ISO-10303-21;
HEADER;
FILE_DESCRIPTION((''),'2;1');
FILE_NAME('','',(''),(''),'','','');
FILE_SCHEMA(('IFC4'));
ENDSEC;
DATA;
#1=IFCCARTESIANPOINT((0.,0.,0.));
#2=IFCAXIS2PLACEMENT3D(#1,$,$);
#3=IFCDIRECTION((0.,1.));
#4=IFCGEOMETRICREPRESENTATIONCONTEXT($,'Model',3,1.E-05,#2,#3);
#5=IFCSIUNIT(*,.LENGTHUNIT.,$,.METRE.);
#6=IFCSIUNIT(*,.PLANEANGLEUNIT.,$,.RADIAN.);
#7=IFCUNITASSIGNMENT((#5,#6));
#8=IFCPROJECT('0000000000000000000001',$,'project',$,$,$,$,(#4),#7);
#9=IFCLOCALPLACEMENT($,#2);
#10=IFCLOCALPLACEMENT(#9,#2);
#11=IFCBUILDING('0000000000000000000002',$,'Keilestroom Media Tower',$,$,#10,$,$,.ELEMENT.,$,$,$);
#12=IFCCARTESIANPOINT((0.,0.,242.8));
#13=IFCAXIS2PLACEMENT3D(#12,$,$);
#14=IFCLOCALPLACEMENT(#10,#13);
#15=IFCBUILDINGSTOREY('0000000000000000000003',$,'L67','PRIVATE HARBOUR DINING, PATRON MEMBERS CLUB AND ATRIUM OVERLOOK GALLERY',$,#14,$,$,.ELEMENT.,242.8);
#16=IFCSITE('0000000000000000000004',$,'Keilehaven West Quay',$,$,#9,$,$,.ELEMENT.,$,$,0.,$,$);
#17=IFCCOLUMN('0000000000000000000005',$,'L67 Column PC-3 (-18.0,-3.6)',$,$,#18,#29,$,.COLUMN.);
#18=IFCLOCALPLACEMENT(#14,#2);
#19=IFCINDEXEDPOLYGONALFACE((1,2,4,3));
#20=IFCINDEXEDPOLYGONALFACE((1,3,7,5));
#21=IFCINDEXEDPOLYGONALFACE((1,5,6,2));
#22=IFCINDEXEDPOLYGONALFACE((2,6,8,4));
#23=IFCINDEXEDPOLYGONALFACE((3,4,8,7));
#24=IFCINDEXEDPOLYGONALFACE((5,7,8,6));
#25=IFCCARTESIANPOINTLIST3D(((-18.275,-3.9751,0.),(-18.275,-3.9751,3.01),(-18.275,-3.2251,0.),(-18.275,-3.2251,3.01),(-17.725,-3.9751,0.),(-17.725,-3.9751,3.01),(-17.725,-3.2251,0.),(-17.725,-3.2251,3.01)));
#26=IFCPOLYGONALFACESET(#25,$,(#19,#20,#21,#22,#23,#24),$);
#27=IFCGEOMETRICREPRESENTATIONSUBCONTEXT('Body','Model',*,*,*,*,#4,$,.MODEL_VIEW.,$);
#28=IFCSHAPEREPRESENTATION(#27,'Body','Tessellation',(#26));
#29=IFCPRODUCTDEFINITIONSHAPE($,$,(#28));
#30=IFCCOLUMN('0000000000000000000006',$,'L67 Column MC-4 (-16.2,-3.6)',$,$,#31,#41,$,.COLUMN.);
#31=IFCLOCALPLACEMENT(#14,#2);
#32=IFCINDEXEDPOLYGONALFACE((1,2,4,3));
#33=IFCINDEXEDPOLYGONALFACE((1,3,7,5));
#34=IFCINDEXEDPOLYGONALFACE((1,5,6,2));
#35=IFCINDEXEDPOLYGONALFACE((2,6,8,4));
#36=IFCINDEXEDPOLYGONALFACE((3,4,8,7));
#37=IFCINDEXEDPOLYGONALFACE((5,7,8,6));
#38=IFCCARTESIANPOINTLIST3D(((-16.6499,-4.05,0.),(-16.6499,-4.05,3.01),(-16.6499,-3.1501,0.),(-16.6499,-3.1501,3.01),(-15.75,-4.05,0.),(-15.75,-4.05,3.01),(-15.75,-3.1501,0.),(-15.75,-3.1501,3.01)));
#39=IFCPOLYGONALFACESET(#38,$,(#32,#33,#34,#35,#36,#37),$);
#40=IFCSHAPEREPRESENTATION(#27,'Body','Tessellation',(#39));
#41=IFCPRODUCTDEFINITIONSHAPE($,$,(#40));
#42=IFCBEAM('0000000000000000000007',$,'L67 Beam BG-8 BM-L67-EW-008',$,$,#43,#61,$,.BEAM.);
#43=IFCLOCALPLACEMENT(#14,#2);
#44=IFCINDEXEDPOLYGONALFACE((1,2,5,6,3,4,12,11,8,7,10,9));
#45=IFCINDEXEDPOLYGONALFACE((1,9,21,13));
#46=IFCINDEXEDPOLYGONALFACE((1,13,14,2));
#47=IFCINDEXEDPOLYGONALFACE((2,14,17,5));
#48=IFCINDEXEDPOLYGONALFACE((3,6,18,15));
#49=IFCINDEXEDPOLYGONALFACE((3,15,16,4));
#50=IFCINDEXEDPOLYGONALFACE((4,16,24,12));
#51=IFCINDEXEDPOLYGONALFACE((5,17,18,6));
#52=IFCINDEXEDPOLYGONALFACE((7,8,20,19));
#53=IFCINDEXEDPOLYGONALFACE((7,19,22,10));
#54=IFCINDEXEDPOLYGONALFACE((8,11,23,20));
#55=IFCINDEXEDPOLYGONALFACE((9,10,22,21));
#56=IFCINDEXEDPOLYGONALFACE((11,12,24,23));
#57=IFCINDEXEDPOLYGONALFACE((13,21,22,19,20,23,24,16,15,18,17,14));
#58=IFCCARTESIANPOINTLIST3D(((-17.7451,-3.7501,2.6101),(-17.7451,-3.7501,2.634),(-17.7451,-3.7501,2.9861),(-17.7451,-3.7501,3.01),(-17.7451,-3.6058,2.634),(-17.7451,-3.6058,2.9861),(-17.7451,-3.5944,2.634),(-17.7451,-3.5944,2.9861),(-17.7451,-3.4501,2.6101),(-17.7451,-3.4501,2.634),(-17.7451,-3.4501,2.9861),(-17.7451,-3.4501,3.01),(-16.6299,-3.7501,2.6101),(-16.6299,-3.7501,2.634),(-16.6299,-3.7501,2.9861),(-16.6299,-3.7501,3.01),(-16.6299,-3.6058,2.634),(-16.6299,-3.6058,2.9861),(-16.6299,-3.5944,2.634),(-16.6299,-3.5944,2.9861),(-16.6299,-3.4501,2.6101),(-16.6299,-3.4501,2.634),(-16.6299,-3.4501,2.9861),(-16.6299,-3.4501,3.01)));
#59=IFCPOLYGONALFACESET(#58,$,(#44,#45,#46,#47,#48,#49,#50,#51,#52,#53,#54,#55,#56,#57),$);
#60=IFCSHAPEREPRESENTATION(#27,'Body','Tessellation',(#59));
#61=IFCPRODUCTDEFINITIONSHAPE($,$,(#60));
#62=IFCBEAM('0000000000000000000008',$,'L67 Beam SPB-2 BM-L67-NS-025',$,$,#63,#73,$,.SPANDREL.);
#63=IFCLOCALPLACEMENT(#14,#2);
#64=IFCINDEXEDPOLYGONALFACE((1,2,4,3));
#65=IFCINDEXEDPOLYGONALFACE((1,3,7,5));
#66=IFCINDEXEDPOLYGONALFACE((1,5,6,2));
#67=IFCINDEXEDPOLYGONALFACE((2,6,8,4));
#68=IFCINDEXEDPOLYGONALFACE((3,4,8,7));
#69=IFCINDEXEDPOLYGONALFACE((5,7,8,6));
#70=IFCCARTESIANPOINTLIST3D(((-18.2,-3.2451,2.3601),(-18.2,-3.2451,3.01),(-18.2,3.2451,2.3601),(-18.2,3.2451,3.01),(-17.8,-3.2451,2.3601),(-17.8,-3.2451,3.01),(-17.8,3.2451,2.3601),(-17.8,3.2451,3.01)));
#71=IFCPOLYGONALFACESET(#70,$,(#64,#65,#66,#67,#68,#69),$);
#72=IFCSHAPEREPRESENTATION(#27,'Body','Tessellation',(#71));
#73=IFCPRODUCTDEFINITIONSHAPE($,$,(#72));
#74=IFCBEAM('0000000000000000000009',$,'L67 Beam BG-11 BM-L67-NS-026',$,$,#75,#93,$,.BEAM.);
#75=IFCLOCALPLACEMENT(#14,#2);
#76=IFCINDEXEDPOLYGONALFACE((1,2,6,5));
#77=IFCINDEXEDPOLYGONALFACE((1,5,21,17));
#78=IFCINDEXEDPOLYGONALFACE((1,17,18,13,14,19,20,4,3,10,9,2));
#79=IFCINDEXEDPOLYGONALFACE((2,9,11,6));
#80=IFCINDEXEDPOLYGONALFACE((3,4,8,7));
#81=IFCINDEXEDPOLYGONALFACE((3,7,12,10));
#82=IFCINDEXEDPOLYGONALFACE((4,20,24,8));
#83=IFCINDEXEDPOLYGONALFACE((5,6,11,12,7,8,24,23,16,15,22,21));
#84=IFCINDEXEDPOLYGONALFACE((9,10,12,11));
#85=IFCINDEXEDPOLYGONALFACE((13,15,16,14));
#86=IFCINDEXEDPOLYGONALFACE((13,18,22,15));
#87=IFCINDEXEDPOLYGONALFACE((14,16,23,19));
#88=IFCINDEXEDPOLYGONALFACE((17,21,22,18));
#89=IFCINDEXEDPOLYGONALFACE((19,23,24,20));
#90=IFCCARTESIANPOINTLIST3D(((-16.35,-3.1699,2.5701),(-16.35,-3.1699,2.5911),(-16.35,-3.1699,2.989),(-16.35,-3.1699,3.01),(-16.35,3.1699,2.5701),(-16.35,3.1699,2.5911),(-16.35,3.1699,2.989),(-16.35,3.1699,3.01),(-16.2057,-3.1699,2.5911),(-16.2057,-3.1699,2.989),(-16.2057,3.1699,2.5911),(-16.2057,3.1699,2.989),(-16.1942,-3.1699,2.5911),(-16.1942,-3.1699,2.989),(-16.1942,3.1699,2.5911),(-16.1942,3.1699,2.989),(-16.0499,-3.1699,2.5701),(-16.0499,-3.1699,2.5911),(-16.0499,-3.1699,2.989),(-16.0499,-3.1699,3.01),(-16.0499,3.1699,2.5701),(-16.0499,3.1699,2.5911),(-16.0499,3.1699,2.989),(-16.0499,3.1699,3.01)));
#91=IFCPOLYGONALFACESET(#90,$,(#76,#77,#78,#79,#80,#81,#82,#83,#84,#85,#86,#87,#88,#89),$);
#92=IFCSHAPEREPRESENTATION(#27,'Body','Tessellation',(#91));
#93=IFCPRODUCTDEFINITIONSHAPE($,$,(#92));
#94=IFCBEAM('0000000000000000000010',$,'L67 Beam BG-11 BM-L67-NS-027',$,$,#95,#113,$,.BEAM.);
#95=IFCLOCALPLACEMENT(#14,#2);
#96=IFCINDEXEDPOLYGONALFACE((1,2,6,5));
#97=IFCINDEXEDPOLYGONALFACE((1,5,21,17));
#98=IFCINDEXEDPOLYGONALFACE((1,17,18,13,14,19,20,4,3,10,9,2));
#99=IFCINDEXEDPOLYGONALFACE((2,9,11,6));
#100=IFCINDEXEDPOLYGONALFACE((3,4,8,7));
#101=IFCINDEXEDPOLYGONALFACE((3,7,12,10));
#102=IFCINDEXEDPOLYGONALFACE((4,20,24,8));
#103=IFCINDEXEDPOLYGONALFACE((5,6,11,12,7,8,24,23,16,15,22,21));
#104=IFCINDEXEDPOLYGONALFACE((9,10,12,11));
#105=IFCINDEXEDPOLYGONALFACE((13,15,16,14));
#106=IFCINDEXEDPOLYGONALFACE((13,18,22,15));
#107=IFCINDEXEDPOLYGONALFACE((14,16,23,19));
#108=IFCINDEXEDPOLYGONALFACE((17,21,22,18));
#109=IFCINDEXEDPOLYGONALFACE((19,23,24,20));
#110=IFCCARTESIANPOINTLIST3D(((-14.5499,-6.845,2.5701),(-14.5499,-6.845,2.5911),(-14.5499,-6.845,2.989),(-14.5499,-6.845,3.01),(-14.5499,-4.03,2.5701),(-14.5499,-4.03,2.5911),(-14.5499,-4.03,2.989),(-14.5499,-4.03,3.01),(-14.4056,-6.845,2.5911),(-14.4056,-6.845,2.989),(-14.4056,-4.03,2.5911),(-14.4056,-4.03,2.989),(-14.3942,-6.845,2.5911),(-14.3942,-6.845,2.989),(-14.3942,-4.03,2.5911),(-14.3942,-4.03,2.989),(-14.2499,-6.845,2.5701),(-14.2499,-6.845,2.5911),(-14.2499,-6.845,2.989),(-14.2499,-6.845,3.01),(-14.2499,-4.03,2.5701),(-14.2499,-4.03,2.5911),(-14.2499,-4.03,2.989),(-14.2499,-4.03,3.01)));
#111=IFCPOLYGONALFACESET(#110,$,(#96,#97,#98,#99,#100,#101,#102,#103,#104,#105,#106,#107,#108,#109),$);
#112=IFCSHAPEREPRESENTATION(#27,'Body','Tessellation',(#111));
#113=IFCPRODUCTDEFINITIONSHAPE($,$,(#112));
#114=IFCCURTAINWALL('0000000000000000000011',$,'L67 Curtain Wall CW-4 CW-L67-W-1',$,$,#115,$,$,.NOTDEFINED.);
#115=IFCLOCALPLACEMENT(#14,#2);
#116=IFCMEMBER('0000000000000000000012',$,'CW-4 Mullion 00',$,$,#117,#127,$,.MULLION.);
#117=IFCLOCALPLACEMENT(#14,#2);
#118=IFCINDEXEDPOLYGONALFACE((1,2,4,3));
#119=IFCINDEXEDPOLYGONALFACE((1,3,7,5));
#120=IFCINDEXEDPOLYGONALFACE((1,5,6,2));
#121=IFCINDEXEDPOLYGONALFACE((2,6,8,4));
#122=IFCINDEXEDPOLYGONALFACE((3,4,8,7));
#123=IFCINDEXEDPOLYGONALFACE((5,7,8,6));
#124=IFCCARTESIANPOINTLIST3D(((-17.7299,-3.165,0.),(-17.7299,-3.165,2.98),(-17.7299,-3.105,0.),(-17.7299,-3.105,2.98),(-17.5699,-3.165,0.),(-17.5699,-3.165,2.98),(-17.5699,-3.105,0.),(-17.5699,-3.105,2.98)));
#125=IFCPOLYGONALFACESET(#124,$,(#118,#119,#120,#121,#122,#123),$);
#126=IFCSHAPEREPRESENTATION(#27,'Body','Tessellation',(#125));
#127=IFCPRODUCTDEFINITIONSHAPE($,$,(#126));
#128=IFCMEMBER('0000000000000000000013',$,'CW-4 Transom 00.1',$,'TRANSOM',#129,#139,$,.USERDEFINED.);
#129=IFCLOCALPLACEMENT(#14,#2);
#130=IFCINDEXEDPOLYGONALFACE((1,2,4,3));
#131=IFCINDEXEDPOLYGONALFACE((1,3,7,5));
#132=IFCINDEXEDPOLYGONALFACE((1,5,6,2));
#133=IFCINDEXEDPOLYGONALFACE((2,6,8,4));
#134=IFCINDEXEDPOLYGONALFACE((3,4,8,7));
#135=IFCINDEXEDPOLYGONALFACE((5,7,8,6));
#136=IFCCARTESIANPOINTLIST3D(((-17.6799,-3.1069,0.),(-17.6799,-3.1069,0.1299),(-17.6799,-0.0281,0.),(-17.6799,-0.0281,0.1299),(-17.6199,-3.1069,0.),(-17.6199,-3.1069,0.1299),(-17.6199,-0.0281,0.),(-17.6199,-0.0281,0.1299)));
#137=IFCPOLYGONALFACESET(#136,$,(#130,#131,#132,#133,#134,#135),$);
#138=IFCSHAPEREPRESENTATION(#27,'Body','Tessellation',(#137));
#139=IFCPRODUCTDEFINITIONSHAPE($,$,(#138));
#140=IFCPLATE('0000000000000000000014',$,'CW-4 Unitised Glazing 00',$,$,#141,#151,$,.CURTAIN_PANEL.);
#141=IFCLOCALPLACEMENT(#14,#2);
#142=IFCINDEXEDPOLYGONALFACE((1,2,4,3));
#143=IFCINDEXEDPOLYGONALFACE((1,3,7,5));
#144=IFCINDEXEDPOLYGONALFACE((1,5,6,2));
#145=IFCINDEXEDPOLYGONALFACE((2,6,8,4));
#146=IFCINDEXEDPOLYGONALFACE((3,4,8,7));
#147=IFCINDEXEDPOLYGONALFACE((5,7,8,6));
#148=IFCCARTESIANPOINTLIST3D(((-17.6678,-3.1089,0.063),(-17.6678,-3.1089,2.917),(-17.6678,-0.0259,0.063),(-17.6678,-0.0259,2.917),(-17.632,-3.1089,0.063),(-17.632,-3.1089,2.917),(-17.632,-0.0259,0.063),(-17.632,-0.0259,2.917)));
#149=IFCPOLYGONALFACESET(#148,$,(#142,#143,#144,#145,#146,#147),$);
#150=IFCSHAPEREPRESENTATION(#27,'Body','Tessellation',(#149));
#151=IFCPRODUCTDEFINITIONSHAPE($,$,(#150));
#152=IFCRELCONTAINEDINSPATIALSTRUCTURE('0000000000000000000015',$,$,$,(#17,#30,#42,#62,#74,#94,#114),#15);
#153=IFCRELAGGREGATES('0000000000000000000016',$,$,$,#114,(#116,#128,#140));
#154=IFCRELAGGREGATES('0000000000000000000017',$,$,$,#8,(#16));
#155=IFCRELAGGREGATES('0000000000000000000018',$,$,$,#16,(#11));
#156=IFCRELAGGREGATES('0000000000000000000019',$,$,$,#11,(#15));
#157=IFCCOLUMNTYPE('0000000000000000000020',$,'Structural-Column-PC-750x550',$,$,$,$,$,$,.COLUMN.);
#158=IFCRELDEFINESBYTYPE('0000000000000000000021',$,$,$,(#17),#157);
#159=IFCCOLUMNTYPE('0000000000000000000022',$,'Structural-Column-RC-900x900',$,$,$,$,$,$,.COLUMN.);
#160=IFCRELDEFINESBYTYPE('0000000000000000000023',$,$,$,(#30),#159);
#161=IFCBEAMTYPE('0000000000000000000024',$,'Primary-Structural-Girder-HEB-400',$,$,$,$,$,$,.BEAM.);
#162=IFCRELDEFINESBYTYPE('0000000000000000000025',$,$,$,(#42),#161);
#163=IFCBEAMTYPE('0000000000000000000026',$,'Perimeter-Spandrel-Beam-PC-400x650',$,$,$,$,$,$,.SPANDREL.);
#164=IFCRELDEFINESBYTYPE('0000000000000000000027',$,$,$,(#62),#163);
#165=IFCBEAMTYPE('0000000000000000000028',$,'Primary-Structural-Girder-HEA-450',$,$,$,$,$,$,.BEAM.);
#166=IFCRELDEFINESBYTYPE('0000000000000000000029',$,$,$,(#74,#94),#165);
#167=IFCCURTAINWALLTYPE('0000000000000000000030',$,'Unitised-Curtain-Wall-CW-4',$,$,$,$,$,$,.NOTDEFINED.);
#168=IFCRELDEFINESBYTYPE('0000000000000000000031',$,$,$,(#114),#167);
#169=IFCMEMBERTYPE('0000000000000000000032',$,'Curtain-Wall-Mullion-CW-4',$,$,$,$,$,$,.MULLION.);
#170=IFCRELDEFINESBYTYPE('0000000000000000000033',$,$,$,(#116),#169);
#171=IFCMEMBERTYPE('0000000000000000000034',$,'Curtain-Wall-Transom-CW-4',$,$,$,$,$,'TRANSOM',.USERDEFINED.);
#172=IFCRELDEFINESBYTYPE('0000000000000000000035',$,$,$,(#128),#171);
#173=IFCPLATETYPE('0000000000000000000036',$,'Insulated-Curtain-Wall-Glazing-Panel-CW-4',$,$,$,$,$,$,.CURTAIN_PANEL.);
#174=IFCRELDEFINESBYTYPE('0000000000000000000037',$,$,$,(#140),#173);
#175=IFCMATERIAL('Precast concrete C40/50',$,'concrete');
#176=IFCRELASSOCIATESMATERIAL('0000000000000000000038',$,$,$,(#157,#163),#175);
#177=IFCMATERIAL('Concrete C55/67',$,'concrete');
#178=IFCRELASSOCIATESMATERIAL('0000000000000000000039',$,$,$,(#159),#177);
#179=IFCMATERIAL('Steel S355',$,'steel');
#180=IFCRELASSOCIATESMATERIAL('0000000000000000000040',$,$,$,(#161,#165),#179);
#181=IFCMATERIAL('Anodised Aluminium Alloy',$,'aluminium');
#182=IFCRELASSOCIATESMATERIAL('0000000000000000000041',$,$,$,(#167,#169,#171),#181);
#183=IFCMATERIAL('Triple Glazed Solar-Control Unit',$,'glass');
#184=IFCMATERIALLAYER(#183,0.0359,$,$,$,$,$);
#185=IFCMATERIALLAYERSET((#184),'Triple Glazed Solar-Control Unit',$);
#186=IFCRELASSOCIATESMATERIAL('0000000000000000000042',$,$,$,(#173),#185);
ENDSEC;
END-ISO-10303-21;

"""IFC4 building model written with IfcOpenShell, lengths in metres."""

from ifc_helpers import new_model, si_unit, direction, frame, origin, origin_2d, place, context, subcontext, project, spatial, rectangle, i_section, extrude, source, transform, mapped, material, layer, layer_set, material_profile, profile_set, type_object, element, aggregate, save


model = new_model("IFC4")

# Units and contexts
model_context = context("Model", 3, precision=1e-05, world=origin(), true_north=direction((0.0, 1.0)))
body_context = subcontext(model_context, "Body", "Model", "MODEL_VIEW")
ifc_project = project(units=[si_unit("LENGTHUNIT", "METRE"), si_unit("PLANEANGLEUNIT", "RADIAN")], contexts=[model_context])

# Site, building, storey
site_placement = place(None, origin())
site = spatial("IfcSite", under=ifc_project, at=site_placement, Name="Keilehaven West Quay", CompositionType="ELEMENT", RefElevation=0.0)
building_placement = place(site_placement, origin())
building = spatial("IfcBuilding", under=site, at=building_placement, Name="Keilestroom Media Tower", CompositionType="ELEMENT")
storey_placement = place(building_placement, frame((0.0, 0.0, 242.8)))
storey = spatial("IfcBuildingStorey", under=building, at=storey_placement, Name="L67", Description="PRIVATE HARBOUR DINING, PATRON MEMBERS CLUB AND ATRIUM OVERLOOK GALLERY", CompositionType="ELEMENT", Elevation=242.8)

# Columns
ifc_material_1 = material(Name="Precast concrete C40/50", Category="concrete")
ifc_material_profile_1 = material_profile(ifc_material_1, rectangle(XDim=0.55, YDim=0.75, at=origin_2d()), Name="PC 750x550")
ifc_profile_set_1 = profile_set([ifc_material_profile_1], Name="Precast concrete C40/50")
column_type_1 = type_object("IfcColumnType", Name="Structural-Column-PC-750x550", PredefinedType="COLUMN", material=ifc_profile_set_1)
shared_shape_1 = source(origin(), body_context, "Body", "SweptSolid", [
    extrude(rectangle(XDim=0.55, YDim=0.75, at=origin_2d()), origin(), (0.0, 0.0, 1.0), 3.01),
])
column_1_placement = place(storey_placement, frame((-18.0, -3.6001, 0.0), z_axis=(0.0, 0.0, 1.0), x_axis=(1.0, 0.0, 0.0)))
element("IfcColumn", 1, at=column_1_placement, inside=storey, type_object=column_type_1, Name="L67 Column PC-3 (-18.0,-3.6)", PredefinedType="COLUMN", context=body_context, shape_type="MappedRepresentation", body=[
    mapped(shared_shape_1, transform((0.0, 0.0, 0.0), x_axis=(1.0, 0.0, 0.0), y_axis=(0.0, 1.0, 0.0), z_axis=(0.0, 0.0, 1.0), scale=1.0)),
])
ifc_material_2 = material(Name="Concrete C55/67", Category="concrete")
ifc_material_profile_2 = material_profile(ifc_material_2, rectangle(XDim=0.8999, YDim=0.8999, at=origin_2d()), Name="RC 900x900")
ifc_profile_set_2 = profile_set([ifc_material_profile_2], Name="Concrete C55/67")
column_type_2 = type_object("IfcColumnType", Name="Structural-Column-RC-900x900", PredefinedType="COLUMN", material=ifc_profile_set_2)
shared_shape_2 = source(origin(), body_context, "Body", "SweptSolid", [
    extrude(rectangle(XDim=0.8999, YDim=0.8999, at=origin_2d()), origin(), (0.0, 0.0, 1.0), 3.01),
])
column_2_placement = place(storey_placement, frame((-16.2, -3.6001, 0.0), z_axis=(0.0, 0.0, 1.0), x_axis=(1.0, 0.0, 0.0)))
element("IfcColumn", 2, at=column_2_placement, inside=storey, type_object=column_type_2, Name="L67 Column MC-4 (-16.2,-3.6)", PredefinedType="COLUMN", context=body_context, shape_type="MappedRepresentation", body=[
    mapped(shared_shape_2, transform((0.0, 0.0, 0.0), x_axis=(1.0, 0.0, 0.0), y_axis=(0.0, 1.0, 0.0), z_axis=(0.0, 0.0, 1.0), scale=1.0)),
])

# Beams
ifc_material_3 = material(Name="Steel S355", Category="steel")
ifc_material_profile_3 = material_profile(ifc_material_3, i_section(OverallWidth=0.3, OverallDepth=0.3999, WebThickness=0.0115, FlangeThickness=0.0239, at=origin_2d()), Name="HEB 400")
ifc_profile_set_3 = profile_set([ifc_material_profile_3], Name="Steel S355")
beam_type_1 = type_object("IfcBeamType", Name="Primary-Structural-Girder-HEB-400", PredefinedType="BEAM", material=ifc_profile_set_3)
shared_shape_3 = source(origin(), body_context, "Body", "SweptSolid", [
    extrude(i_section(OverallWidth=0.3, OverallDepth=0.3999, WebThickness=0.0115, FlangeThickness=0.0239, at=origin_2d()), origin(), (0.0, 0.0, 1.0), 1.1152),
])
beam_1_placement = place(storey_placement, frame((-17.7451, -3.6001, 2.8101), z_axis=(1.0, 0.0, 0.0), x_axis=(0.0, 1.0, 0.0)))
element("IfcBeam", 3, at=beam_1_placement, inside=storey, type_object=beam_type_1, Name="L67 Beam BG-8 BM-L67-EW-008", PredefinedType="BEAM", context=body_context, shape_type="MappedRepresentation", body=[
    mapped(shared_shape_3, transform((0.0, 0.0, 0.0), x_axis=(1.0, 0.0, 0.0), y_axis=(0.0, 1.0, 0.0), z_axis=(0.0, 0.0, 1.0), scale=1.0)),
])
ifc_material_profile_4 = material_profile(ifc_material_1, rectangle(XDim=0.3999, YDim=0.6499, at=origin_2d()), Name="PC 400x650")
ifc_profile_set_4 = profile_set([ifc_material_profile_4], Name="Precast concrete C40/50")
beam_type_2 = type_object("IfcBeamType", Name="Perimeter-Spandrel-Beam-PC-400x650", PredefinedType="SPANDREL", material=ifc_profile_set_4)
shared_shape_4 = source(origin(), body_context, "Body", "SweptSolid", [
    extrude(rectangle(XDim=0.3999, YDim=0.6499, at=origin_2d()), origin(), (0.0, 0.0, 1.0), 6.4902),
])
beam_2_placement = place(storey_placement, frame((-18.0, -3.2451, 2.6851), z_axis=(0.0, 1.0, 0.0), x_axis=(-1.0, 0.0, 0.0)))
element("IfcBeam", 4, at=beam_2_placement, inside=storey, type_object=beam_type_2, Name="L67 Beam SPB-2 BM-L67-NS-025", PredefinedType="SPANDREL", context=body_context, shape_type="MappedRepresentation", body=[
    mapped(shared_shape_4, transform((0.0, 0.0, 0.0), x_axis=(1.0, 0.0, 0.0), y_axis=(0.0, 1.0, 0.0), z_axis=(0.0, 0.0, 1.0), scale=1.0)),
])
ifc_material_profile_5 = material_profile(ifc_material_3, i_section(OverallWidth=0.3, OverallDepth=0.4399, WebThickness=0.0115, FlangeThickness=0.021, at=origin_2d()), Name="HEA 450")
ifc_profile_set_5 = profile_set([ifc_material_profile_5], Name="Steel S355")
beam_type_3 = type_object("IfcBeamType", Name="Primary-Structural-Girder-HEA-450", PredefinedType="BEAM", material=ifc_profile_set_5)
shared_shape_5 = source(origin(), body_context, "Body", "SweptSolid", [
    extrude(i_section(OverallWidth=0.3, OverallDepth=0.4399, WebThickness=0.0115, FlangeThickness=0.021, at=origin_2d()), origin(), (0.0, 0.0, 1.0), 6.3398),
])
beam_3_placement = place(storey_placement, frame((-16.2, -3.1699, 2.79), z_axis=(0.0, 1.0, 0.0), x_axis=(-1.0, 0.0, 0.0)))
element("IfcBeam", 5, at=beam_3_placement, inside=storey, type_object=beam_type_3, Name="L67 Beam BG-11 BM-L67-NS-026", PredefinedType="BEAM", context=body_context, shape_type="MappedRepresentation", body=[
    mapped(shared_shape_5, transform((0.0, 0.0, 0.0), x_axis=(1.0, 0.0, 0.0), y_axis=(0.0, 1.0, 0.0), z_axis=(0.0, 0.0, 1.0), scale=1.0)),
])
shared_shape_6 = source(origin(), body_context, "Body", "SweptSolid", [
    extrude(i_section(OverallWidth=0.3, OverallDepth=0.4399, WebThickness=0.0115, FlangeThickness=0.021, at=origin_2d()), origin(), (0.0, 0.0, 1.0), 2.8149),
])
beam_4_placement = place(storey_placement, frame((-14.3999, -6.845, 2.79), z_axis=(0.0, 1.0, 0.0), x_axis=(-1.0, 0.0, 0.0)))
element("IfcBeam", 6, at=beam_4_placement, inside=storey, type_object=beam_type_3, Name="L67 Beam BG-11 BM-L67-NS-027", PredefinedType="BEAM", context=body_context, shape_type="MappedRepresentation", body=[
    mapped(shared_shape_6, transform((0.0, 0.0, 0.0), x_axis=(1.0, 0.0, 0.0), y_axis=(0.0, 1.0, 0.0), z_axis=(0.0, 0.0, 1.0), scale=1.0)),
])

# Curtain wall, members, plate
ifc_material_4 = material(Name="Anodised Aluminium Alloy", Category="aluminium")
curtain_wall_type = type_object("IfcCurtainWallType", Name="Unitised-Curtain-Wall-CW-4", PredefinedType="NOTDEFINED", material=ifc_material_4)
curtain_wall_placement = place(storey_placement, origin())
curtain_wall = element("IfcCurtainWall", 7, at=curtain_wall_placement, inside=storey, type_object=curtain_wall_type, Name="L67 Curtain Wall CW-4 CW-L67-W-1", PredefinedType="NOTDEFINED")
ifc_material_profile_6 = material_profile(ifc_material_4, rectangle(XDim=0.0601, YDim=0.1599, at=origin_2d()), Name="ALU MULLION 60x160")
ifc_profile_set_6 = profile_set([ifc_material_profile_6], Name="Anodised Aluminium Alloy")
member_type_1 = type_object("IfcMemberType", Name="Curtain-Wall-Mullion-CW-4", PredefinedType="MULLION", material=ifc_profile_set_6)
shared_shape_7 = source(origin(), body_context, "Body", "SweptSolid", [
    extrude(rectangle(XDim=0.0601, YDim=0.1599, at=origin_2d()), origin(), (0.0, 0.0, 1.0), 2.98),
])
member_1_placement = place(storey_placement, frame((-17.6499, -3.135, 0.0), z_axis=(0.0, 0.0, 1.0), x_axis=(0.0, 1.0, 0.0)))
member_1 = element("IfcMember", 8, at=member_1_placement, type_object=member_type_1, Name="CW-4 Mullion 00", PredefinedType="MULLION", context=body_context, shape_type="MappedRepresentation", body=[
    mapped(shared_shape_7, transform((0.0, 0.0, 0.0), x_axis=(1.0, 0.0, 0.0), y_axis=(0.0, 1.0, 0.0), z_axis=(0.0, 0.0, 1.0), scale=1.0)),
])
ifc_material_profile_7 = material_profile(ifc_material_4, rectangle(XDim=0.0601, YDim=0.1299, at=origin_2d()), Name="ALU TRANSOM 60x130")
ifc_profile_set_7 = profile_set([ifc_material_profile_7], Name="Anodised Aluminium Alloy")
member_type_2 = type_object("IfcMemberType", Name="Curtain-Wall-Transom-CW-4", ElementType="TRANSOM", PredefinedType="USERDEFINED", material=ifc_profile_set_7)
shared_shape_8 = source(origin(), body_context, "Body", "SweptSolid", [
    extrude(rectangle(XDim=0.0601, YDim=0.1299, at=origin_2d()), origin(), (0.0, 0.0, 1.0), 3.0789),
])
member_2_placement = place(storey_placement, frame((-17.6499, -3.1069, 0.0649), z_axis=(0.0, 1.0, 0.0), x_axis=(-1.0, 0.0, 0.0)))
member_2 = element("IfcMember", 9, at=member_2_placement, type_object=member_type_2, Name="CW-4 Transom 00.1", ObjectType="TRANSOM", PredefinedType="USERDEFINED", context=body_context, shape_type="MappedRepresentation", body=[
    mapped(shared_shape_8, transform((0.0, 0.0, 0.0), x_axis=(1.0, 0.0, 0.0), y_axis=(0.0, 1.0, 0.0), z_axis=(0.0, 0.0, 1.0), scale=1.0)),
])
ifc_material_5 = material(Name="Triple Glazed Solar-Control Unit", Category="glass")
ifc_layer_1 = layer(ifc_material_5, 0.0359)
ifc_layer_set_1 = layer_set([ifc_layer_1], Name="Triple Glazed Solar-Control Unit")
plate_type = type_object("IfcPlateType", Name="Insulated-Curtain-Wall-Glazing-Panel-CW-4", PredefinedType="CURTAIN_PANEL", material=ifc_layer_set_1)
shared_shape_9 = source(origin(), body_context, "Body", "SweptSolid", [
    extrude(rectangle(XDim=3.083, YDim=0.0359, at=origin_2d()), origin(), (0.0, 0.0, 1.0), 2.854),
])
plate_placement = place(storey_placement, frame((-17.6499, -1.5674, 0.063), z_axis=(0.0, 0.0, 1.0), x_axis=(0.0, 1.0, 0.0)))
plate = element("IfcPlate", 10, at=plate_placement, type_object=plate_type, Name="CW-4 Unitised Glazing 00", PredefinedType="CURTAIN_PANEL", context=body_context, shape_type="MappedRepresentation", body=[
    mapped(shared_shape_9, transform((0.0, 0.0, 0.0), x_axis=(1.0, 0.0, 0.0), y_axis=(0.0, 1.0, 0.0), z_axis=(0.0, 0.0, 1.0), scale=1.0)),
])
aggregate(curtain_wall, [member_1, member_2, plate])

save(model, "model.ifc")
